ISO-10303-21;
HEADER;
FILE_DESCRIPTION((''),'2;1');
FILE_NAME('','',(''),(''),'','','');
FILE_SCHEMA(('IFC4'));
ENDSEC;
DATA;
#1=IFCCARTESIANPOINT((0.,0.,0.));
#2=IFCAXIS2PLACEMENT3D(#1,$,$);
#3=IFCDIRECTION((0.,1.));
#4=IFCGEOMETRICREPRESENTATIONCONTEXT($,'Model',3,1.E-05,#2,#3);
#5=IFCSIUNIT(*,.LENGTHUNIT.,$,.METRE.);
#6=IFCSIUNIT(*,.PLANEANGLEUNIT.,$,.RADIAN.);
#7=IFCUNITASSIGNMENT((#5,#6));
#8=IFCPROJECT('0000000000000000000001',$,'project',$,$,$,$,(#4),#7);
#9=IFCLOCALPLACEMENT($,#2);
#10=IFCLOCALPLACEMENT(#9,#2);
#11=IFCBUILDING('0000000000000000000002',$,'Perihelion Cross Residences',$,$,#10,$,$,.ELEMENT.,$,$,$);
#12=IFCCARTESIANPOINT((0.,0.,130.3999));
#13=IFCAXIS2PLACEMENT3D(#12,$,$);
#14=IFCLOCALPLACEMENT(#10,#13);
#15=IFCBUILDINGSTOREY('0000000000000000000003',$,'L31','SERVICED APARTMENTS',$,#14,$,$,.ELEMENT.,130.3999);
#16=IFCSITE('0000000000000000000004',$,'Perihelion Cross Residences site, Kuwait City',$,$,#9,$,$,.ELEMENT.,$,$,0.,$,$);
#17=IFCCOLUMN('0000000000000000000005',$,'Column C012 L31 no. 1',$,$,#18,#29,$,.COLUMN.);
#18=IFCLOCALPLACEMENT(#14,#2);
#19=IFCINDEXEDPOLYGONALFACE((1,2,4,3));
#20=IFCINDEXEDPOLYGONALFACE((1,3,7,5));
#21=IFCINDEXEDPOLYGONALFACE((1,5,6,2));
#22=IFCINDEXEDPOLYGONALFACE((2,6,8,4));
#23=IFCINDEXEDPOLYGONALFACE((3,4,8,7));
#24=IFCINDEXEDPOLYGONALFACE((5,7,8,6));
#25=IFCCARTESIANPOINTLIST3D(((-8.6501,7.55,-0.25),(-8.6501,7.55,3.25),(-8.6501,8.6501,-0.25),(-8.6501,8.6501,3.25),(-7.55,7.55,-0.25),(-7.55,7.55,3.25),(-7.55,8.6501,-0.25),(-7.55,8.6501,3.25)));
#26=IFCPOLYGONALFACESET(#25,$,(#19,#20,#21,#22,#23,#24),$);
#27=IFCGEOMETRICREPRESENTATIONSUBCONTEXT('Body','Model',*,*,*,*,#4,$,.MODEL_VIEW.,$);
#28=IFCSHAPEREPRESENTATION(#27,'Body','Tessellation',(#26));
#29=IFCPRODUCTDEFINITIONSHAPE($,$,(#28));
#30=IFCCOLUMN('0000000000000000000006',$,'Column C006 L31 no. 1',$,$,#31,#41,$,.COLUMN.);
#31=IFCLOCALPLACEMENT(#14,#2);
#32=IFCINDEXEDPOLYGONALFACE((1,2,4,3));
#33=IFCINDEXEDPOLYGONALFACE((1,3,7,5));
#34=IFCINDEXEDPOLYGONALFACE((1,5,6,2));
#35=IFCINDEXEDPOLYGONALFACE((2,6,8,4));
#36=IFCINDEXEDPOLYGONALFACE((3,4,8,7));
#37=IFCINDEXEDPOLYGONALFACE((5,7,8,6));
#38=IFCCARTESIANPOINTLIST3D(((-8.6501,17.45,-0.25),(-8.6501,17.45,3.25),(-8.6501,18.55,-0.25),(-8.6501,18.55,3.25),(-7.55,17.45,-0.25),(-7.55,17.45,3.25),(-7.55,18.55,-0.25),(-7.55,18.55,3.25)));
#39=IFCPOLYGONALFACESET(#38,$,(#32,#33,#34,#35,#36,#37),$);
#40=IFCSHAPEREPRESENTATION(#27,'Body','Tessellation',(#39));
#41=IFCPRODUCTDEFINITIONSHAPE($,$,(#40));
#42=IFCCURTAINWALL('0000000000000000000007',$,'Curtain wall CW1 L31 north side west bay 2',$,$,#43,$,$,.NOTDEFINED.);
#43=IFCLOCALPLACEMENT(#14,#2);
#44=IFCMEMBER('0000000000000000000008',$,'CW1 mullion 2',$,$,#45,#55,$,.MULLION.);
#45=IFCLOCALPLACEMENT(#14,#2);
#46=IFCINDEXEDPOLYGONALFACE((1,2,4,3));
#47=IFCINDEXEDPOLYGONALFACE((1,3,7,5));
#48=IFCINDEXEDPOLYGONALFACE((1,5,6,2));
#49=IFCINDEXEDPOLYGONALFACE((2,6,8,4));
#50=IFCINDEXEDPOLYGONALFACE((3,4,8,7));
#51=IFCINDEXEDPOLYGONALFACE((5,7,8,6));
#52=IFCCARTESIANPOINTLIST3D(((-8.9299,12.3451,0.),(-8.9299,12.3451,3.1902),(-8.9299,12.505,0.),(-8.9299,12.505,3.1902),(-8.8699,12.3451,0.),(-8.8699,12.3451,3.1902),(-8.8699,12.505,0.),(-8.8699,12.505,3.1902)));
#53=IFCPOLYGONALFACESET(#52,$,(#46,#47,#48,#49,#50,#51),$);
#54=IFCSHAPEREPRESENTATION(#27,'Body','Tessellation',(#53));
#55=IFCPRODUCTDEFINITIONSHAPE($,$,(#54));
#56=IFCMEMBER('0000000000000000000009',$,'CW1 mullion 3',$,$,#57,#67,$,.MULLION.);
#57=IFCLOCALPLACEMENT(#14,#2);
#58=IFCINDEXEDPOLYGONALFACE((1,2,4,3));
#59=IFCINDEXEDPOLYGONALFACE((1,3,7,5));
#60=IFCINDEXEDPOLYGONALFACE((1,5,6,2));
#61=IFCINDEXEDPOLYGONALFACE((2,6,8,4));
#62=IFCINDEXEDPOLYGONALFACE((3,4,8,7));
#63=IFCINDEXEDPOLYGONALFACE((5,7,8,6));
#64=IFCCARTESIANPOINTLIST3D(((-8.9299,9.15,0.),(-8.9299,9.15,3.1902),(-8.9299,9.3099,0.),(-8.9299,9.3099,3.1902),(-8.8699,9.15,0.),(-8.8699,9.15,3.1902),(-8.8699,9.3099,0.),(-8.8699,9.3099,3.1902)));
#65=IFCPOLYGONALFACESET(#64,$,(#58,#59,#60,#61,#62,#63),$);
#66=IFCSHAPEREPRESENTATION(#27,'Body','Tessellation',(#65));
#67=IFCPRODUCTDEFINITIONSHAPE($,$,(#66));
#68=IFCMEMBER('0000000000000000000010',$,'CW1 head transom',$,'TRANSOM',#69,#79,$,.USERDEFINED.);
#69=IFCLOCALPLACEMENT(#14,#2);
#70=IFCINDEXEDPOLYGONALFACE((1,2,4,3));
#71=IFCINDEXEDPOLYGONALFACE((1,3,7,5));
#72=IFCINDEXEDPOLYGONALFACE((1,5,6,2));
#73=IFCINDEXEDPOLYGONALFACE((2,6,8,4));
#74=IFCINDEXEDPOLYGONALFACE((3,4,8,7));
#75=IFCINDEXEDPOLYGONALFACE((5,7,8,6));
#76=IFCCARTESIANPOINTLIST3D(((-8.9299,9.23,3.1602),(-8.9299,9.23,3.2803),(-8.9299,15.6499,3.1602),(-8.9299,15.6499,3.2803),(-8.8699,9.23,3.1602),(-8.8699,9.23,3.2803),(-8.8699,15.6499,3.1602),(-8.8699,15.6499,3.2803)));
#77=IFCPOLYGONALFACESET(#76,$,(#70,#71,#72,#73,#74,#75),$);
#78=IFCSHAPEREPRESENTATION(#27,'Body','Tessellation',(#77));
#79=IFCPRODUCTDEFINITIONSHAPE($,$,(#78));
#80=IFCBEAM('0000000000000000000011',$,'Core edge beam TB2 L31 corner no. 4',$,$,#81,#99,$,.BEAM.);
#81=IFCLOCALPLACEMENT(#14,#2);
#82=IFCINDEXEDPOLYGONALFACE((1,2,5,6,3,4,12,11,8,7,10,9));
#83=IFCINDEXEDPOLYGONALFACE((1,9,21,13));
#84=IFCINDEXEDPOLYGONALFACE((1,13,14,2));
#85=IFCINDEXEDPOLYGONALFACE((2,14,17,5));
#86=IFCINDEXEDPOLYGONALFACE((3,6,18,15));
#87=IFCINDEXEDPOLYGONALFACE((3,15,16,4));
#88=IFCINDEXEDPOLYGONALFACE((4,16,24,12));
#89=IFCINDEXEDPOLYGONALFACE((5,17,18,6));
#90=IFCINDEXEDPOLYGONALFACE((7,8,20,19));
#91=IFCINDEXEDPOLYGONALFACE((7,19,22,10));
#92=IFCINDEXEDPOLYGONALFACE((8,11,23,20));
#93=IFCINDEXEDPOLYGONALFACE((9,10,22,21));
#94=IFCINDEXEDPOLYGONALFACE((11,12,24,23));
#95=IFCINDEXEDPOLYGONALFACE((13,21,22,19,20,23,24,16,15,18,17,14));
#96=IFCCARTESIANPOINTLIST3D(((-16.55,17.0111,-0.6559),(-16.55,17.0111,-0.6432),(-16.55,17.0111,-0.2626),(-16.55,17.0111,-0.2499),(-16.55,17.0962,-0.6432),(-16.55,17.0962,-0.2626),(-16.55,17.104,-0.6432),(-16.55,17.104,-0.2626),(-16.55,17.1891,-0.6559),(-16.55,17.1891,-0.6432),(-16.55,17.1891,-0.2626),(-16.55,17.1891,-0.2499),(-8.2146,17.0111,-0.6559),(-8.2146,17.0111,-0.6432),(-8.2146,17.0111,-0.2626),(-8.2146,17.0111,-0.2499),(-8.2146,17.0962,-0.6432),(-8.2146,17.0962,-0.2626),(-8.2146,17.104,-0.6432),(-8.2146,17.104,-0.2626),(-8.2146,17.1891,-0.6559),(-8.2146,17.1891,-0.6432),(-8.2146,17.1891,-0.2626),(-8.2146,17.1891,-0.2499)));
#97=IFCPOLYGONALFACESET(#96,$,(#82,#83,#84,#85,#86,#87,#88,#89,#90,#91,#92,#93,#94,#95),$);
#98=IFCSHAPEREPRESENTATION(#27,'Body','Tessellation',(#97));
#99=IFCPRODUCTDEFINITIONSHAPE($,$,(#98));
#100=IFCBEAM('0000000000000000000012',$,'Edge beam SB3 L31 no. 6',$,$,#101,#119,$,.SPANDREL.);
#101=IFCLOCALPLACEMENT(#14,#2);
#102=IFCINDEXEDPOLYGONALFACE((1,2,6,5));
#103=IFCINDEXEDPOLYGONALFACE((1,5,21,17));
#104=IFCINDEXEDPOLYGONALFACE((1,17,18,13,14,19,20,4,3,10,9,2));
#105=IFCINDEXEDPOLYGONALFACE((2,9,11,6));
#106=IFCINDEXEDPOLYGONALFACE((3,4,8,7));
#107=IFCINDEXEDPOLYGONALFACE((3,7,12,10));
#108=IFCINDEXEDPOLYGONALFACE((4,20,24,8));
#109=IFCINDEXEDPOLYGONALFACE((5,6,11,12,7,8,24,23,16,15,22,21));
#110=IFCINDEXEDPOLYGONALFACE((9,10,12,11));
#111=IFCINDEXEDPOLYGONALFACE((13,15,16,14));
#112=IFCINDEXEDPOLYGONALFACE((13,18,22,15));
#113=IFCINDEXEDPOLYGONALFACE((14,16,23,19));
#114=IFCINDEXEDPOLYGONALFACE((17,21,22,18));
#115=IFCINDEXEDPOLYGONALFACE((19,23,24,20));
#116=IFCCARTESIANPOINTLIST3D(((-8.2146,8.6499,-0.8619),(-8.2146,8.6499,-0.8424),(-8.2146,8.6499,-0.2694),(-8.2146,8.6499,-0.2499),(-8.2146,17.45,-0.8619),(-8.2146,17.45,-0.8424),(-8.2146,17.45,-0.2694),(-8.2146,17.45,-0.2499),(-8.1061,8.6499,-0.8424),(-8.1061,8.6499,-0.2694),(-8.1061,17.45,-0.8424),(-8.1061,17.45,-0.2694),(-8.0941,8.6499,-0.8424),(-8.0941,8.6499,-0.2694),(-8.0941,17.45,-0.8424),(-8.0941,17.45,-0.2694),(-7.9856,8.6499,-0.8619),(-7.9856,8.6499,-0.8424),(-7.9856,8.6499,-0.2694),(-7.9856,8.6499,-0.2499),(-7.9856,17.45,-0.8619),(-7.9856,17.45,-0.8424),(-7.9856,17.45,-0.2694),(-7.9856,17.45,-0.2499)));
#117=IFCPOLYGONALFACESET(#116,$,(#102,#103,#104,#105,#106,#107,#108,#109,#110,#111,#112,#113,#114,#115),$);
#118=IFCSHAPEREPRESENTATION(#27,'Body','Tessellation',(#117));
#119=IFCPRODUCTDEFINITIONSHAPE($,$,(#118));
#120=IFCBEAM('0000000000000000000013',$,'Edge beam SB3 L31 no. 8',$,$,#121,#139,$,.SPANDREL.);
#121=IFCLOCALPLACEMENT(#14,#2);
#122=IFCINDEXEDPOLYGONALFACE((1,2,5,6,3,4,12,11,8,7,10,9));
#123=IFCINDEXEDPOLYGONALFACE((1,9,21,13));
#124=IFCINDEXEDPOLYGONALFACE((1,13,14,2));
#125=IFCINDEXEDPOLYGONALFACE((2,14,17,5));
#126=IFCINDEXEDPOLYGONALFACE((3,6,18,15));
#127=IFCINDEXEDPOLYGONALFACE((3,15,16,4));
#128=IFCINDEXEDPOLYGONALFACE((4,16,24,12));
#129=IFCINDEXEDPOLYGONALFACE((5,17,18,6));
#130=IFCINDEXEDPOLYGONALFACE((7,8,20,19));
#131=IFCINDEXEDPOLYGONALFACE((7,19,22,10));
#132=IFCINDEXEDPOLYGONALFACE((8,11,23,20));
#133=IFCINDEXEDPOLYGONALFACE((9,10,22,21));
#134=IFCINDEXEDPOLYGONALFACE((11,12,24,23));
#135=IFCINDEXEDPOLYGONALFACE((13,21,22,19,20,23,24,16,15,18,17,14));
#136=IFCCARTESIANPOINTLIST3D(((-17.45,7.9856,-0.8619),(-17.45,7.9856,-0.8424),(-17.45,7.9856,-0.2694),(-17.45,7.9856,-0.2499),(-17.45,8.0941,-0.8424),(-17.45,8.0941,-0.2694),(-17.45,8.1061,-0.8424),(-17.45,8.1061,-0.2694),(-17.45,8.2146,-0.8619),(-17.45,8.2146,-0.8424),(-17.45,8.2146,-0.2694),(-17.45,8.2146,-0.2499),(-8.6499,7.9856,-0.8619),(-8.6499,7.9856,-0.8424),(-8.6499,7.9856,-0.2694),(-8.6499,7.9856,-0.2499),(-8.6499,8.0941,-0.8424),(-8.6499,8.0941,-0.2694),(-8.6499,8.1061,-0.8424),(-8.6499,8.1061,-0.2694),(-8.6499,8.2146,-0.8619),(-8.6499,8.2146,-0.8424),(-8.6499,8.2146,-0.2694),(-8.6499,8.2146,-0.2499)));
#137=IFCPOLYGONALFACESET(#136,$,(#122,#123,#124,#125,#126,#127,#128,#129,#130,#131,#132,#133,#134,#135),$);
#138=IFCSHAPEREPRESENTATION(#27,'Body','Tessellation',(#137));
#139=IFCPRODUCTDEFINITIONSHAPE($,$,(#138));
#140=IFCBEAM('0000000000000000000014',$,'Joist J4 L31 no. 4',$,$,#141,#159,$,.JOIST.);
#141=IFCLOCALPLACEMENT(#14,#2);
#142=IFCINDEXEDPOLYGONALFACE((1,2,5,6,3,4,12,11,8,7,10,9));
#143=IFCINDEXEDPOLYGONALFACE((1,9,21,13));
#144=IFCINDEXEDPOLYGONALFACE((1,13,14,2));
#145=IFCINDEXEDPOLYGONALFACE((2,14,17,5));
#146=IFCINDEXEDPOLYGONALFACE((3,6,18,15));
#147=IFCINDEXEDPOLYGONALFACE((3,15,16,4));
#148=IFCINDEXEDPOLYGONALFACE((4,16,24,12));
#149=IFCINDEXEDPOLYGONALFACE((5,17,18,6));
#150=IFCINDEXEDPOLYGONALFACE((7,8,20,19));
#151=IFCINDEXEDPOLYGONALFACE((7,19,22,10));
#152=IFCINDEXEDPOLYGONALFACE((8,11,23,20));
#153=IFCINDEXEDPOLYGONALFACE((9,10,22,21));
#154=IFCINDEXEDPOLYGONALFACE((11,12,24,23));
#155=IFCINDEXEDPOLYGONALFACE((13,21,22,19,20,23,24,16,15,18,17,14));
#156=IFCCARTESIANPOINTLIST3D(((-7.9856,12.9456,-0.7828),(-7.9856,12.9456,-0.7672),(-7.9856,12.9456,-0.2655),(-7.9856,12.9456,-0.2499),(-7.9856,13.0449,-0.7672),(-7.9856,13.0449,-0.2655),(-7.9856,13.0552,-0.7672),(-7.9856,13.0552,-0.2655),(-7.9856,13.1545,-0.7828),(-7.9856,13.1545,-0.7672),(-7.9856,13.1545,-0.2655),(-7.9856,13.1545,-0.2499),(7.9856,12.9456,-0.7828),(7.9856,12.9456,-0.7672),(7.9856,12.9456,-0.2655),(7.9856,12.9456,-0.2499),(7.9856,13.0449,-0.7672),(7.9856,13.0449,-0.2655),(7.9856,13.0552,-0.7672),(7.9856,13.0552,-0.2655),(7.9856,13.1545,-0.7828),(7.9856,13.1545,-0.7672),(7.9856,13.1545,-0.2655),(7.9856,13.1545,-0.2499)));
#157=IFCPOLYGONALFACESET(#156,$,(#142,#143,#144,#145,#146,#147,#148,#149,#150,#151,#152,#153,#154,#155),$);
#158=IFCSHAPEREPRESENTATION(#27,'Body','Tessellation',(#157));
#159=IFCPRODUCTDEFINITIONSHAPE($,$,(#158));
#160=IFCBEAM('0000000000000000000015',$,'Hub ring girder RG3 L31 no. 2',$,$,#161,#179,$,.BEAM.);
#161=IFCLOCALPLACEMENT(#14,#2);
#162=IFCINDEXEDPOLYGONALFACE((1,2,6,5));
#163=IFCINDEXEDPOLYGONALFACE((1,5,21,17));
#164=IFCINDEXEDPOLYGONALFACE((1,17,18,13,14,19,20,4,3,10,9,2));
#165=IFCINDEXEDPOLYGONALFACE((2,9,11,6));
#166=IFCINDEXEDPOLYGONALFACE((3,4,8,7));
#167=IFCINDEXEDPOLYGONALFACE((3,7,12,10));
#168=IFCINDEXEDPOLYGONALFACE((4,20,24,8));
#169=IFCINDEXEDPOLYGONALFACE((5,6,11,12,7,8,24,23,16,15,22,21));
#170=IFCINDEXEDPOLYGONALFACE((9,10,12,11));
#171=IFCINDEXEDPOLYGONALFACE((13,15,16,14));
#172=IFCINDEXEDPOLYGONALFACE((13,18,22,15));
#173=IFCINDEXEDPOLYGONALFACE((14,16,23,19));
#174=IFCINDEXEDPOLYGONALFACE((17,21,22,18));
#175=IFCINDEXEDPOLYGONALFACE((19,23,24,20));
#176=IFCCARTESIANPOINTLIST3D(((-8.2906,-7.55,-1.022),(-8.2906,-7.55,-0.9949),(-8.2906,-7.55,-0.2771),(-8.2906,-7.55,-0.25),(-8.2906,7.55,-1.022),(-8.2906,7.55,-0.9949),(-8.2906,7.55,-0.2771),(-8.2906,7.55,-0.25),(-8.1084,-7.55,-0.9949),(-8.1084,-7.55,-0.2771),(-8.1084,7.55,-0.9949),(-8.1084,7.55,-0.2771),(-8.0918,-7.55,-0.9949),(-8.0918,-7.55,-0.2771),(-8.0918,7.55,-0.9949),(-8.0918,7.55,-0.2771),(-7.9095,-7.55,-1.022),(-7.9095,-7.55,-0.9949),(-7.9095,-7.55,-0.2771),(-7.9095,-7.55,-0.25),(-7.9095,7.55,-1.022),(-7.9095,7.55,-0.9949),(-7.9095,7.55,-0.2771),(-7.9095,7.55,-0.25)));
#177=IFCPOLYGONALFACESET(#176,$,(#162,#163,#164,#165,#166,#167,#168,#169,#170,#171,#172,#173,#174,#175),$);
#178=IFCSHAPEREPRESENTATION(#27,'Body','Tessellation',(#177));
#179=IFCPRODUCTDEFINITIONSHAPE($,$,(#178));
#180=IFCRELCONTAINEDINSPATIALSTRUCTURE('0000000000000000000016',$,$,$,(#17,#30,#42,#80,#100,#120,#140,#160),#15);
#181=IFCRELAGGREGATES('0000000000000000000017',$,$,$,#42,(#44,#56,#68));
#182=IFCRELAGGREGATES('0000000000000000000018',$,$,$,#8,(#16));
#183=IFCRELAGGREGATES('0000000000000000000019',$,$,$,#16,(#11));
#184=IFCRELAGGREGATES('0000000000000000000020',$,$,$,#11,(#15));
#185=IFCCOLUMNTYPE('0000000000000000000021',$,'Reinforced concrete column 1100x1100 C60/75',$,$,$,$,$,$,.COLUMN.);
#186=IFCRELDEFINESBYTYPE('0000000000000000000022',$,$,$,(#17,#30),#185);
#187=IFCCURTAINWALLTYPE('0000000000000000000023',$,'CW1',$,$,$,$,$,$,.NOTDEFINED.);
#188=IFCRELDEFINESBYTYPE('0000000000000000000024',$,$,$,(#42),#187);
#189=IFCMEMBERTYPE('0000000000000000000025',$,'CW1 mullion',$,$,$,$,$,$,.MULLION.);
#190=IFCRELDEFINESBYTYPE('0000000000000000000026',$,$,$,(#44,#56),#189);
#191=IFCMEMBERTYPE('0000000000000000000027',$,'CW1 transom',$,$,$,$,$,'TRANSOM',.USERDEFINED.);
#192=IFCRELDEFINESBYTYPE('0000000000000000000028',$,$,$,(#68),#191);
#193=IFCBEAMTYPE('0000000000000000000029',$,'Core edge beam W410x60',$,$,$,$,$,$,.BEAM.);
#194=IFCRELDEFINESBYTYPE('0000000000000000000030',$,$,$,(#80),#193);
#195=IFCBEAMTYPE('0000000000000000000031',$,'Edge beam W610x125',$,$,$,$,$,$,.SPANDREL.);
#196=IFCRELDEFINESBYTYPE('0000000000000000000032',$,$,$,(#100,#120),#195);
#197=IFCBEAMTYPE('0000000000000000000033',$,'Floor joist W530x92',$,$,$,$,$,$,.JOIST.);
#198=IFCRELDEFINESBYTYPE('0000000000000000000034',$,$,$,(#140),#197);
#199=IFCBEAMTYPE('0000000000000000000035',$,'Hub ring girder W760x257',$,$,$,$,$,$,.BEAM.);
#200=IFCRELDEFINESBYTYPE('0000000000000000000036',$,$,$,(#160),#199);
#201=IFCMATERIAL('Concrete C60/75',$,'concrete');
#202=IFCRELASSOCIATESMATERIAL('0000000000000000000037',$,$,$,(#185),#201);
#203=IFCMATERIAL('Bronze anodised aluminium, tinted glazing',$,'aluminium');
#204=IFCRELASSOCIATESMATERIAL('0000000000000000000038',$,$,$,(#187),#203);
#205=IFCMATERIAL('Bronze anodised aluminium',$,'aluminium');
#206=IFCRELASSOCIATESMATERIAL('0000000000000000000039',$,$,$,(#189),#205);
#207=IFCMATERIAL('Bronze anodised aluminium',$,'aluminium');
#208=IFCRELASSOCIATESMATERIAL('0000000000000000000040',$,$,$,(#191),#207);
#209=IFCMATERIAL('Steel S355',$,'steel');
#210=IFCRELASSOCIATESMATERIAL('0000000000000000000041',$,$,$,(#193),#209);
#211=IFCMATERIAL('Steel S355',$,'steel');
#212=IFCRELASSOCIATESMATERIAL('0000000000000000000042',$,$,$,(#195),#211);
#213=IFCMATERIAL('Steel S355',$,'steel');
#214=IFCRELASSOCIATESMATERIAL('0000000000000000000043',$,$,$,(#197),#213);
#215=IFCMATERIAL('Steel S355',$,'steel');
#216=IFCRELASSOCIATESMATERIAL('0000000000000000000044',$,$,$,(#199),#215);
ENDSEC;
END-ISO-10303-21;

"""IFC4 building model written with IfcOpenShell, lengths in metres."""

from ifc_helpers import new_model, si_unit, direction, frame, origin, origin_2d, place, context, subcontext, project, spatial, rectangle, i_section, extrude, material, material_profile, profile_set, type_object, element, aggregate, save


model = new_model("IFC4")

# Units and contexts
model_context = context("Model", 3, precision=1e-05, world=origin(), true_north=direction((0.0, 1.0)))
body_context = subcontext(model_context, "Body", "Model", "MODEL_VIEW")
ifc_project = project(units=[si_unit("LENGTHUNIT", "METRE"), si_unit("PLANEANGLEUNIT", "RADIAN")], contexts=[model_context])

# Site, building, storey
site_placement = place(None, origin())
site = spatial("IfcSite", under=ifc_project, at=site_placement, Name="Perihelion Cross Residences site, Kuwait City", CompositionType="ELEMENT", RefElevation=0.0)
building_placement = place(site_placement, origin())
building = spatial("IfcBuilding", under=site, at=building_placement, Name="Perihelion Cross Residences", CompositionType="ELEMENT")
storey_placement = place(building_placement, frame((0.0, 0.0, 130.3999)))
storey = spatial("IfcBuildingStorey", under=building, at=storey_placement, Name="L31", Description="SERVICED APARTMENTS", CompositionType="ELEMENT", Elevation=130.3999)

# Columns
ifc_material_1 = material(Name="Concrete C60/75", Category="concrete")
ifc_material_profile_1 = material_profile(ifc_material_1, rectangle(XDim=1.1001, YDim=1.1001, at=origin_2d()), Name="RC 1100x1100")
ifc_profile_set_1 = profile_set([ifc_material_profile_1], Name="Concrete C60/75")
column_type = type_object("IfcColumnType", Name="Reinforced concrete column 1100x1100 C60/75", PredefinedType="COLUMN", material=ifc_profile_set_1)
for number, where, z_axis, x_axis, name in (
    (1, (-8.1001, 8.1001, -0.25), (0.0, 0.0, 1.0), (1.0, 0.0, 0.0), "Column C012 L31 no. 1"),
    (2, (-8.1001, 18.0, -0.25), (0.0, 0.0, 1.0), (1.0, 0.0, 0.0), "Column C006 L31 no. 1"),
):
    element("IfcColumn", number, at=place(storey_placement, frame(where, z_axis=z_axis, x_axis=x_axis)), inside=storey, type_object=column_type, Name=name, PredefinedType="COLUMN", context=body_context, shape_type="SweptSolid", body=[
        extrude(rectangle(XDim=1.1001, YDim=1.1001, at=origin_2d()), origin(), (0.0, 0.0, 1.0), 3.5),
    ])

# Curtain wall, members
ifc_material_2 = material(Name="Bronze anodised aluminium, tinted glazing", Category="aluminium")
curtain_wall_type = type_object("IfcCurtainWallType", Name="CW1", PredefinedType="NOTDEFINED", material=ifc_material_2)
curtain_wall_placement = place(storey_placement, origin())
curtain_wall = element("IfcCurtainWall", 3, at=curtain_wall_placement, inside=storey, type_object=curtain_wall_type, Name="Curtain wall CW1 L31 north side west bay 2", PredefinedType="NOTDEFINED")
ifc_material_3 = material(Name="Bronze anodised aluminium", Category="aluminium")
ifc_material_profile_2 = material_profile(ifc_material_3, rectangle(XDim=0.0601, YDim=0.1599, at=origin_2d()), Name="CW1 mullion")
ifc_profile_set_2 = profile_set([ifc_material_profile_2], Name="Bronze anodised aluminium")
member_type_1 = type_object("IfcMemberType", Name="CW1 mullion", PredefinedType="MULLION", material=ifc_profile_set_2)
member_1_placement = place(storey_placement, frame((-8.8999, 12.425, 0.0), z_axis=(0.0, 0.0, 1.0), x_axis=(1.0, 0.0, 0.0)))
member_1 = element("IfcMember", 4, at=member_1_placement, type_object=member_type_1, Name="CW1 mullion 2", PredefinedType="MULLION", context=body_context, shape_type="SweptSolid", body=[
    extrude(rectangle(XDim=0.0601, YDim=0.1599, at=origin_2d()), origin(), (0.0, 0.0, 1.0), 3.1902),
])
member_2_placement = place(storey_placement, frame((-8.8999, 9.23, 0.0), z_axis=(0.0, 0.0, 1.0), x_axis=(1.0, 0.0, 0.0)))
member_2 = element("IfcMember", 5, at=member_2_placement, type_object=member_type_1, Name="CW1 mullion 3", PredefinedType="MULLION", context=body_context, shape_type="SweptSolid", body=[
    extrude(rectangle(XDim=0.0601, YDim=0.1599, at=origin_2d()), origin(), (0.0, 0.0, 1.0), 3.1902),
])
ifc_material_4 = material(Name="Bronze anodised aluminium", Category="aluminium")
ifc_material_profile_3 = material_profile(ifc_material_4, rectangle(XDim=0.0601, YDim=0.1201, at=origin_2d()), Name="CW1 transom")
ifc_profile_set_3 = profile_set([ifc_material_profile_3], Name="Bronze anodised aluminium")
member_type_2 = type_object("IfcMemberType", Name="CW1 transom", ElementType="TRANSOM", PredefinedType="USERDEFINED", material=ifc_profile_set_3)
member_3_placement = place(storey_placement, frame((-8.8999, 15.6499, 3.2202), z_axis=(0.0, -1.0, 0.0), x_axis=(1.0, 0.0, 0.0)))
member_3 = element("IfcMember", 6, at=member_3_placement, type_object=member_type_2, Name="CW1 head transom", ObjectType="TRANSOM", PredefinedType="USERDEFINED", context=body_context, shape_type="SweptSolid", body=[
    extrude(rectangle(XDim=0.0601, YDim=0.1201, at=origin_2d()), origin(), (0.0, 0.0, 1.0), 6.4199),
])

# Beams
ifc_material_5 = material(Name="Steel S355", Category="steel")
ifc_material_profile_4 = material_profile(ifc_material_5, i_section(OverallWidth=0.178, OverallDepth=0.406, WebThickness=0.0078, FlangeThickness=0.0127, at=origin_2d()), Name="W410x60")
ifc_profile_set_4 = profile_set([ifc_material_profile_4], Name="Steel S355")
beam_type_1 = type_object("IfcBeamType", Name="Core edge beam W410x60", PredefinedType="BEAM", material=ifc_profile_set_4)
beam_1_placement = place(storey_placement, frame((-8.2146, 17.1001, -0.4529), z_axis=(-1.0, 0.0, 0.0), x_axis=(0.0, -1.0, 0.0)))
element("IfcBeam", 7, at=beam_1_placement, inside=storey, type_object=beam_type_1, Name="Core edge beam TB2 L31 corner no. 4", PredefinedType="BEAM", context=body_context, shape_type="SweptSolid", body=[
    extrude(i_section(OverallWidth=0.178, OverallDepth=0.406, WebThickness=0.0078, FlangeThickness=0.0127, at=origin_2d()), origin(), (0.0, 0.0, 1.0), 8.3354),
])
ifc_material_6 = material(Name="Steel S355", Category="steel")
ifc_material_profile_5 = material_profile(ifc_material_6, i_section(OverallWidth=0.229, OverallDepth=0.6121, WebThickness=0.012, FlangeThickness=0.0195, at=origin_2d()), Name="W610x125")
ifc_profile_set_5 = profile_set([ifc_material_profile_5], Name="Steel S355")
beam_type_2 = type_object("IfcBeamType", Name="Edge beam W610x125", PredefinedType="SPANDREL", material=ifc_profile_set_5)
for number, where, z_axis, x_axis, name in (
    (8, (-8.1001, 17.45, -0.5559), (0.0, -1.0, 0.0), (1.0, 0.0, 0.0), "Edge beam SB3 L31 no. 6"),
    (9, (-8.6499, 8.1001, -0.5559), (-1.0, 0.0, 0.0), (0.0, -1.0, 0.0), "Edge beam SB3 L31 no. 8"),
):
    element("IfcBeam", number, at=place(storey_placement, frame(where, z_axis=z_axis, x_axis=x_axis)), inside=storey, type_object=beam_type_2, Name=name, PredefinedType="SPANDREL", context=body_context, shape_type="SweptSolid", body=[
        extrude(i_section(OverallWidth=0.229, OverallDepth=0.6121, WebThickness=0.012, FlangeThickness=0.0195, at=origin_2d()), origin(), (0.0, 0.0, 1.0), 8.8),
    ])
ifc_material_7 = material(Name="Steel S355", Category="steel")
ifc_material_profile_6 = material_profile(ifc_material_7, i_section(OverallWidth=0.209, OverallDepth=0.533, WebThickness=0.0103, FlangeThickness=0.0156, at=origin_2d()), Name="W530x92")
ifc_profile_set_6 = profile_set([ifc_material_profile_6], Name="Steel S355")
beam_type_3 = type_object("IfcBeamType", Name="Floor joist W530x92", PredefinedType="JOIST", material=ifc_profile_set_6)
beam_2_placement = place(storey_placement, frame((-7.9856, 13.05, -0.5164), z_axis=(1.0, 0.0, 0.0), x_axis=(0.0, 1.0, 0.0)))
element("IfcBeam", 10, at=beam_2_placement, inside=storey, type_object=beam_type_3, Name="Joist J4 L31 no. 4", PredefinedType="JOIST", context=body_context, shape_type="SweptSolid", body=[
    extrude(i_section(OverallWidth=0.209, OverallDepth=0.533, WebThickness=0.0103, FlangeThickness=0.0156, at=origin_2d()), origin(), (0.0, 0.0, 1.0), 15.9712),
])
ifc_material_8 = material(Name="Steel S355", Category="steel")
ifc_material_profile_7 = material_profile(ifc_material_8, i_section(OverallWidth=0.3811, OverallDepth=0.772, WebThickness=0.0166, FlangeThickness=0.0271, at=origin_2d()), Name="W760x257")
ifc_profile_set_7 = profile_set([ifc_material_profile_7], Name="Steel S355")
beam_type_4 = type_object("IfcBeamType", Name="Hub ring girder W760x257", PredefinedType="BEAM", material=ifc_profile_set_7)
beam_3_placement = place(storey_placement, frame((-8.1001, 7.55, -0.636), z_axis=(0.0, -1.0, 0.0), x_axis=(1.0, 0.0, 0.0)))
element("IfcBeam", 11, at=beam_3_placement, inside=storey, type_object=beam_type_4, Name="Hub ring girder RG3 L31 no. 2", PredefinedType="BEAM", context=body_context, shape_type="SweptSolid", body=[
    extrude(i_section(OverallWidth=0.3811, OverallDepth=0.772, WebThickness=0.0166, FlangeThickness=0.0271, at=origin_2d()), origin(), (0.0, 0.0, 1.0), 15.1001),
])

aggregate(curtain_wall, [member_1, member_2, member_3])

save(model, "model.ifc")
